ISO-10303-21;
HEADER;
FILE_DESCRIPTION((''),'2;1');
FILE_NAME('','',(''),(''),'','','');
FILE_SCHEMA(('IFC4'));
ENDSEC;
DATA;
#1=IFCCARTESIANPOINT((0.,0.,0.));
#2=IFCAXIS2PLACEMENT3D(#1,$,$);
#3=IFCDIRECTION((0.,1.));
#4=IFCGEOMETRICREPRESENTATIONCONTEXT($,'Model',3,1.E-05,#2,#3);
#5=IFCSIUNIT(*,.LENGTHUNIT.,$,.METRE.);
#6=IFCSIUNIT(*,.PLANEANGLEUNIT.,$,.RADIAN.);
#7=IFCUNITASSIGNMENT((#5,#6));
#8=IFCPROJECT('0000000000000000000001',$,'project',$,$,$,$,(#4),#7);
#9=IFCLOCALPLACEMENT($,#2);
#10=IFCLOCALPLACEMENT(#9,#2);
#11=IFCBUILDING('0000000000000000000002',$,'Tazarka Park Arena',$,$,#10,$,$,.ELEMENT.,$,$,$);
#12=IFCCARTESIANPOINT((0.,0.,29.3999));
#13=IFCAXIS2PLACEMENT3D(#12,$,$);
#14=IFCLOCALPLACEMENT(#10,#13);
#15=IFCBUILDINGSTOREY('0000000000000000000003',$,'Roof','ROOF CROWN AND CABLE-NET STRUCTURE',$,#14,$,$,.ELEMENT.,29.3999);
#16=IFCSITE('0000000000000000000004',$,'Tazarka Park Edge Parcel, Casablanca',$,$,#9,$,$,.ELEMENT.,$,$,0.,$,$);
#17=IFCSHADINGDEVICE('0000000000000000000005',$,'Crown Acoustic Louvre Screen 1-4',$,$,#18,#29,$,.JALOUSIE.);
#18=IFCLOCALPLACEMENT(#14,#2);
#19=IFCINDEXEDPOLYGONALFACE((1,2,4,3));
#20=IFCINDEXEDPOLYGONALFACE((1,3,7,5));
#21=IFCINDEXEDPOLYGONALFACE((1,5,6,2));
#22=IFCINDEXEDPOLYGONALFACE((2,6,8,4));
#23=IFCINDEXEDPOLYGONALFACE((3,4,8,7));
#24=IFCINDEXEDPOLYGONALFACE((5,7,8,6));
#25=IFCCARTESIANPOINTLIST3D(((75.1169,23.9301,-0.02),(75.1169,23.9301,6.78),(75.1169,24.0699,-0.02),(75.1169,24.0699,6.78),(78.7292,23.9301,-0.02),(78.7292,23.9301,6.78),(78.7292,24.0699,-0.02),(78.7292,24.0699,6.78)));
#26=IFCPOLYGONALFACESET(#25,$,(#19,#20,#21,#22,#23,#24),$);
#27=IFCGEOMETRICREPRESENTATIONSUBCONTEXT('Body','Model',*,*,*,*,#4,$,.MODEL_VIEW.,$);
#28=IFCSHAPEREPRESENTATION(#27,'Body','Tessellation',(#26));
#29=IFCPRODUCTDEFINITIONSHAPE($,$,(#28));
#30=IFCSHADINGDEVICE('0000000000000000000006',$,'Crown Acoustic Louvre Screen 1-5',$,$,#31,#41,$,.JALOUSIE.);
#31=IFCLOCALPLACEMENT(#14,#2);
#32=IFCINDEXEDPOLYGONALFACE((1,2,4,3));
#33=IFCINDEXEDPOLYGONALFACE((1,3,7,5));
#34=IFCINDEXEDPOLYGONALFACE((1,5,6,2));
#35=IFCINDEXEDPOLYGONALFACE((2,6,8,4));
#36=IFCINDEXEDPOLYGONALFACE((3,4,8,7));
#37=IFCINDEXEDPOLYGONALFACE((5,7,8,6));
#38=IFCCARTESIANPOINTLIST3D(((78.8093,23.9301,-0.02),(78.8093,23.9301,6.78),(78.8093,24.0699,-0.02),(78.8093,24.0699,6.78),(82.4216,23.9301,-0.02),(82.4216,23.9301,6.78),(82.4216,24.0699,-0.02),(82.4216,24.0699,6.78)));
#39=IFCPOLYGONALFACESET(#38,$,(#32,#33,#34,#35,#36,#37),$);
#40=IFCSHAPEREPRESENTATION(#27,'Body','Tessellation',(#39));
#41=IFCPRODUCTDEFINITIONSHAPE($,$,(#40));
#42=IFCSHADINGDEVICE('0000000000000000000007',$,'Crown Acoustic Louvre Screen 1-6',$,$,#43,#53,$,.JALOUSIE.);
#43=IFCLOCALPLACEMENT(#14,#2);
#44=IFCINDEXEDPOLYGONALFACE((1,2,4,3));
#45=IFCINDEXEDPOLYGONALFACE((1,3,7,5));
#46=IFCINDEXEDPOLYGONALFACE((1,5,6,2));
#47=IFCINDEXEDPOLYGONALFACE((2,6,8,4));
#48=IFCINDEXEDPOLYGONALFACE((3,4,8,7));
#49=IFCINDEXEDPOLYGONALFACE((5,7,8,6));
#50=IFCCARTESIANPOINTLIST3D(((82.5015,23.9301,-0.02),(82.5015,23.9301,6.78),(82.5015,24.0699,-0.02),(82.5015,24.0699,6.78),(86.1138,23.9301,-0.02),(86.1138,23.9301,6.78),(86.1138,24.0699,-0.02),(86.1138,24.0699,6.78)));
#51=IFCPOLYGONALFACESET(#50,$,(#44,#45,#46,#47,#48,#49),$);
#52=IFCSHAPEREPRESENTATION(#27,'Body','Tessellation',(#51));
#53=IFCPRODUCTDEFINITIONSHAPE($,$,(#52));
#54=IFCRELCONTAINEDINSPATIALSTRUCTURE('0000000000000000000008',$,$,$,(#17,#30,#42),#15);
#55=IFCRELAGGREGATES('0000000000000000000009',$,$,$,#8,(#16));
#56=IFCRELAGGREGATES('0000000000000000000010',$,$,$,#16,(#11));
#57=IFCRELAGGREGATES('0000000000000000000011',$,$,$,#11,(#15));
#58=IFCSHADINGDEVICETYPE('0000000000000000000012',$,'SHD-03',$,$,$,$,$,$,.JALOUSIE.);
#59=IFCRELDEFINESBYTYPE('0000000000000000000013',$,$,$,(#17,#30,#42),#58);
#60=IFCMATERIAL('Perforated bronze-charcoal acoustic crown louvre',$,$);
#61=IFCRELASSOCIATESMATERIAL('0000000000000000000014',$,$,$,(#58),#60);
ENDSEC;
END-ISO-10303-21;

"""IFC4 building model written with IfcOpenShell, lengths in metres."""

from ifc_helpers import new_model, si_unit, direction, frame, origin, origin_2d, place, context, subcontext, project, spatial, rectangle, extrude, material, type_object, element, save


model = new_model("IFC4")

# Units and contexts
model_context = context("Model", 3, precision=1e-05, world=origin(), true_north=direction((0.0, 1.0)))
body_context = subcontext(model_context, "Body", "Model", "MODEL_VIEW")
ifc_project = project(units=[si_unit("LENGTHUNIT", "METRE"), si_unit("PLANEANGLEUNIT", "RADIAN")], contexts=[model_context])

# Site, building, storey
site_placement = place(None, origin())
site = spatial("IfcSite", under=ifc_project, at=site_placement, Name="Tazarka Park Edge Parcel, Casablanca", CompositionType="ELEMENT", RefElevation=0.0)
building_placement = place(site_placement, origin())
building = spatial("IfcBuilding", under=site, at=building_placement, Name="Tazarka Park Arena", CompositionType="ELEMENT")
storey_placement = place(building_placement, frame((0.0, 0.0, 29.3999)))
storey = spatial("IfcBuildingStorey", under=building, at=storey_placement, Name="Roof", Description="ROOF CROWN AND CABLE-NET STRUCTURE", CompositionType="ELEMENT", Elevation=29.3999)

# Shading devices
ifc_material_1 = material(Name="Perforated bronze-charcoal acoustic crown louvre")
shading_device_type = type_object("IfcShadingDeviceType", Name="SHD-03", PredefinedType="JALOUSIE", material=ifc_material_1)
for number, where, z_axis, x_axis, name in (
    (1, (76.9231, 24.0, -0.02), (0.0, 0.0, 1.0), (1.0, 0.0, 0.0), "Crown Acoustic Louvre Screen 1-4"),
    (2, (80.6155, 24.0, -0.02), (0.0, 0.0, 1.0), (1.0, 0.0, 0.0), "Crown Acoustic Louvre Screen 1-5"),
    (3, (84.3076, 24.0, -0.02), (0.0, 0.0, 1.0), (1.0, 0.0, 0.0), "Crown Acoustic Louvre Screen 1-6"),
):
    element("IfcShadingDevice", number, at=place(storey_placement, frame(where, z_axis=z_axis, x_axis=x_axis)), inside=storey, type_object=shading_device_type, Name=name, PredefinedType="JALOUSIE", context=body_context, shape_type="SweptSolid", body=[
        extrude(rectangle(XDim=3.6123, YDim=0.1399, at=origin_2d()), origin(), (0.0, 0.0, 1.0), 6.8),
    ])

save(model, "model.ifc")
